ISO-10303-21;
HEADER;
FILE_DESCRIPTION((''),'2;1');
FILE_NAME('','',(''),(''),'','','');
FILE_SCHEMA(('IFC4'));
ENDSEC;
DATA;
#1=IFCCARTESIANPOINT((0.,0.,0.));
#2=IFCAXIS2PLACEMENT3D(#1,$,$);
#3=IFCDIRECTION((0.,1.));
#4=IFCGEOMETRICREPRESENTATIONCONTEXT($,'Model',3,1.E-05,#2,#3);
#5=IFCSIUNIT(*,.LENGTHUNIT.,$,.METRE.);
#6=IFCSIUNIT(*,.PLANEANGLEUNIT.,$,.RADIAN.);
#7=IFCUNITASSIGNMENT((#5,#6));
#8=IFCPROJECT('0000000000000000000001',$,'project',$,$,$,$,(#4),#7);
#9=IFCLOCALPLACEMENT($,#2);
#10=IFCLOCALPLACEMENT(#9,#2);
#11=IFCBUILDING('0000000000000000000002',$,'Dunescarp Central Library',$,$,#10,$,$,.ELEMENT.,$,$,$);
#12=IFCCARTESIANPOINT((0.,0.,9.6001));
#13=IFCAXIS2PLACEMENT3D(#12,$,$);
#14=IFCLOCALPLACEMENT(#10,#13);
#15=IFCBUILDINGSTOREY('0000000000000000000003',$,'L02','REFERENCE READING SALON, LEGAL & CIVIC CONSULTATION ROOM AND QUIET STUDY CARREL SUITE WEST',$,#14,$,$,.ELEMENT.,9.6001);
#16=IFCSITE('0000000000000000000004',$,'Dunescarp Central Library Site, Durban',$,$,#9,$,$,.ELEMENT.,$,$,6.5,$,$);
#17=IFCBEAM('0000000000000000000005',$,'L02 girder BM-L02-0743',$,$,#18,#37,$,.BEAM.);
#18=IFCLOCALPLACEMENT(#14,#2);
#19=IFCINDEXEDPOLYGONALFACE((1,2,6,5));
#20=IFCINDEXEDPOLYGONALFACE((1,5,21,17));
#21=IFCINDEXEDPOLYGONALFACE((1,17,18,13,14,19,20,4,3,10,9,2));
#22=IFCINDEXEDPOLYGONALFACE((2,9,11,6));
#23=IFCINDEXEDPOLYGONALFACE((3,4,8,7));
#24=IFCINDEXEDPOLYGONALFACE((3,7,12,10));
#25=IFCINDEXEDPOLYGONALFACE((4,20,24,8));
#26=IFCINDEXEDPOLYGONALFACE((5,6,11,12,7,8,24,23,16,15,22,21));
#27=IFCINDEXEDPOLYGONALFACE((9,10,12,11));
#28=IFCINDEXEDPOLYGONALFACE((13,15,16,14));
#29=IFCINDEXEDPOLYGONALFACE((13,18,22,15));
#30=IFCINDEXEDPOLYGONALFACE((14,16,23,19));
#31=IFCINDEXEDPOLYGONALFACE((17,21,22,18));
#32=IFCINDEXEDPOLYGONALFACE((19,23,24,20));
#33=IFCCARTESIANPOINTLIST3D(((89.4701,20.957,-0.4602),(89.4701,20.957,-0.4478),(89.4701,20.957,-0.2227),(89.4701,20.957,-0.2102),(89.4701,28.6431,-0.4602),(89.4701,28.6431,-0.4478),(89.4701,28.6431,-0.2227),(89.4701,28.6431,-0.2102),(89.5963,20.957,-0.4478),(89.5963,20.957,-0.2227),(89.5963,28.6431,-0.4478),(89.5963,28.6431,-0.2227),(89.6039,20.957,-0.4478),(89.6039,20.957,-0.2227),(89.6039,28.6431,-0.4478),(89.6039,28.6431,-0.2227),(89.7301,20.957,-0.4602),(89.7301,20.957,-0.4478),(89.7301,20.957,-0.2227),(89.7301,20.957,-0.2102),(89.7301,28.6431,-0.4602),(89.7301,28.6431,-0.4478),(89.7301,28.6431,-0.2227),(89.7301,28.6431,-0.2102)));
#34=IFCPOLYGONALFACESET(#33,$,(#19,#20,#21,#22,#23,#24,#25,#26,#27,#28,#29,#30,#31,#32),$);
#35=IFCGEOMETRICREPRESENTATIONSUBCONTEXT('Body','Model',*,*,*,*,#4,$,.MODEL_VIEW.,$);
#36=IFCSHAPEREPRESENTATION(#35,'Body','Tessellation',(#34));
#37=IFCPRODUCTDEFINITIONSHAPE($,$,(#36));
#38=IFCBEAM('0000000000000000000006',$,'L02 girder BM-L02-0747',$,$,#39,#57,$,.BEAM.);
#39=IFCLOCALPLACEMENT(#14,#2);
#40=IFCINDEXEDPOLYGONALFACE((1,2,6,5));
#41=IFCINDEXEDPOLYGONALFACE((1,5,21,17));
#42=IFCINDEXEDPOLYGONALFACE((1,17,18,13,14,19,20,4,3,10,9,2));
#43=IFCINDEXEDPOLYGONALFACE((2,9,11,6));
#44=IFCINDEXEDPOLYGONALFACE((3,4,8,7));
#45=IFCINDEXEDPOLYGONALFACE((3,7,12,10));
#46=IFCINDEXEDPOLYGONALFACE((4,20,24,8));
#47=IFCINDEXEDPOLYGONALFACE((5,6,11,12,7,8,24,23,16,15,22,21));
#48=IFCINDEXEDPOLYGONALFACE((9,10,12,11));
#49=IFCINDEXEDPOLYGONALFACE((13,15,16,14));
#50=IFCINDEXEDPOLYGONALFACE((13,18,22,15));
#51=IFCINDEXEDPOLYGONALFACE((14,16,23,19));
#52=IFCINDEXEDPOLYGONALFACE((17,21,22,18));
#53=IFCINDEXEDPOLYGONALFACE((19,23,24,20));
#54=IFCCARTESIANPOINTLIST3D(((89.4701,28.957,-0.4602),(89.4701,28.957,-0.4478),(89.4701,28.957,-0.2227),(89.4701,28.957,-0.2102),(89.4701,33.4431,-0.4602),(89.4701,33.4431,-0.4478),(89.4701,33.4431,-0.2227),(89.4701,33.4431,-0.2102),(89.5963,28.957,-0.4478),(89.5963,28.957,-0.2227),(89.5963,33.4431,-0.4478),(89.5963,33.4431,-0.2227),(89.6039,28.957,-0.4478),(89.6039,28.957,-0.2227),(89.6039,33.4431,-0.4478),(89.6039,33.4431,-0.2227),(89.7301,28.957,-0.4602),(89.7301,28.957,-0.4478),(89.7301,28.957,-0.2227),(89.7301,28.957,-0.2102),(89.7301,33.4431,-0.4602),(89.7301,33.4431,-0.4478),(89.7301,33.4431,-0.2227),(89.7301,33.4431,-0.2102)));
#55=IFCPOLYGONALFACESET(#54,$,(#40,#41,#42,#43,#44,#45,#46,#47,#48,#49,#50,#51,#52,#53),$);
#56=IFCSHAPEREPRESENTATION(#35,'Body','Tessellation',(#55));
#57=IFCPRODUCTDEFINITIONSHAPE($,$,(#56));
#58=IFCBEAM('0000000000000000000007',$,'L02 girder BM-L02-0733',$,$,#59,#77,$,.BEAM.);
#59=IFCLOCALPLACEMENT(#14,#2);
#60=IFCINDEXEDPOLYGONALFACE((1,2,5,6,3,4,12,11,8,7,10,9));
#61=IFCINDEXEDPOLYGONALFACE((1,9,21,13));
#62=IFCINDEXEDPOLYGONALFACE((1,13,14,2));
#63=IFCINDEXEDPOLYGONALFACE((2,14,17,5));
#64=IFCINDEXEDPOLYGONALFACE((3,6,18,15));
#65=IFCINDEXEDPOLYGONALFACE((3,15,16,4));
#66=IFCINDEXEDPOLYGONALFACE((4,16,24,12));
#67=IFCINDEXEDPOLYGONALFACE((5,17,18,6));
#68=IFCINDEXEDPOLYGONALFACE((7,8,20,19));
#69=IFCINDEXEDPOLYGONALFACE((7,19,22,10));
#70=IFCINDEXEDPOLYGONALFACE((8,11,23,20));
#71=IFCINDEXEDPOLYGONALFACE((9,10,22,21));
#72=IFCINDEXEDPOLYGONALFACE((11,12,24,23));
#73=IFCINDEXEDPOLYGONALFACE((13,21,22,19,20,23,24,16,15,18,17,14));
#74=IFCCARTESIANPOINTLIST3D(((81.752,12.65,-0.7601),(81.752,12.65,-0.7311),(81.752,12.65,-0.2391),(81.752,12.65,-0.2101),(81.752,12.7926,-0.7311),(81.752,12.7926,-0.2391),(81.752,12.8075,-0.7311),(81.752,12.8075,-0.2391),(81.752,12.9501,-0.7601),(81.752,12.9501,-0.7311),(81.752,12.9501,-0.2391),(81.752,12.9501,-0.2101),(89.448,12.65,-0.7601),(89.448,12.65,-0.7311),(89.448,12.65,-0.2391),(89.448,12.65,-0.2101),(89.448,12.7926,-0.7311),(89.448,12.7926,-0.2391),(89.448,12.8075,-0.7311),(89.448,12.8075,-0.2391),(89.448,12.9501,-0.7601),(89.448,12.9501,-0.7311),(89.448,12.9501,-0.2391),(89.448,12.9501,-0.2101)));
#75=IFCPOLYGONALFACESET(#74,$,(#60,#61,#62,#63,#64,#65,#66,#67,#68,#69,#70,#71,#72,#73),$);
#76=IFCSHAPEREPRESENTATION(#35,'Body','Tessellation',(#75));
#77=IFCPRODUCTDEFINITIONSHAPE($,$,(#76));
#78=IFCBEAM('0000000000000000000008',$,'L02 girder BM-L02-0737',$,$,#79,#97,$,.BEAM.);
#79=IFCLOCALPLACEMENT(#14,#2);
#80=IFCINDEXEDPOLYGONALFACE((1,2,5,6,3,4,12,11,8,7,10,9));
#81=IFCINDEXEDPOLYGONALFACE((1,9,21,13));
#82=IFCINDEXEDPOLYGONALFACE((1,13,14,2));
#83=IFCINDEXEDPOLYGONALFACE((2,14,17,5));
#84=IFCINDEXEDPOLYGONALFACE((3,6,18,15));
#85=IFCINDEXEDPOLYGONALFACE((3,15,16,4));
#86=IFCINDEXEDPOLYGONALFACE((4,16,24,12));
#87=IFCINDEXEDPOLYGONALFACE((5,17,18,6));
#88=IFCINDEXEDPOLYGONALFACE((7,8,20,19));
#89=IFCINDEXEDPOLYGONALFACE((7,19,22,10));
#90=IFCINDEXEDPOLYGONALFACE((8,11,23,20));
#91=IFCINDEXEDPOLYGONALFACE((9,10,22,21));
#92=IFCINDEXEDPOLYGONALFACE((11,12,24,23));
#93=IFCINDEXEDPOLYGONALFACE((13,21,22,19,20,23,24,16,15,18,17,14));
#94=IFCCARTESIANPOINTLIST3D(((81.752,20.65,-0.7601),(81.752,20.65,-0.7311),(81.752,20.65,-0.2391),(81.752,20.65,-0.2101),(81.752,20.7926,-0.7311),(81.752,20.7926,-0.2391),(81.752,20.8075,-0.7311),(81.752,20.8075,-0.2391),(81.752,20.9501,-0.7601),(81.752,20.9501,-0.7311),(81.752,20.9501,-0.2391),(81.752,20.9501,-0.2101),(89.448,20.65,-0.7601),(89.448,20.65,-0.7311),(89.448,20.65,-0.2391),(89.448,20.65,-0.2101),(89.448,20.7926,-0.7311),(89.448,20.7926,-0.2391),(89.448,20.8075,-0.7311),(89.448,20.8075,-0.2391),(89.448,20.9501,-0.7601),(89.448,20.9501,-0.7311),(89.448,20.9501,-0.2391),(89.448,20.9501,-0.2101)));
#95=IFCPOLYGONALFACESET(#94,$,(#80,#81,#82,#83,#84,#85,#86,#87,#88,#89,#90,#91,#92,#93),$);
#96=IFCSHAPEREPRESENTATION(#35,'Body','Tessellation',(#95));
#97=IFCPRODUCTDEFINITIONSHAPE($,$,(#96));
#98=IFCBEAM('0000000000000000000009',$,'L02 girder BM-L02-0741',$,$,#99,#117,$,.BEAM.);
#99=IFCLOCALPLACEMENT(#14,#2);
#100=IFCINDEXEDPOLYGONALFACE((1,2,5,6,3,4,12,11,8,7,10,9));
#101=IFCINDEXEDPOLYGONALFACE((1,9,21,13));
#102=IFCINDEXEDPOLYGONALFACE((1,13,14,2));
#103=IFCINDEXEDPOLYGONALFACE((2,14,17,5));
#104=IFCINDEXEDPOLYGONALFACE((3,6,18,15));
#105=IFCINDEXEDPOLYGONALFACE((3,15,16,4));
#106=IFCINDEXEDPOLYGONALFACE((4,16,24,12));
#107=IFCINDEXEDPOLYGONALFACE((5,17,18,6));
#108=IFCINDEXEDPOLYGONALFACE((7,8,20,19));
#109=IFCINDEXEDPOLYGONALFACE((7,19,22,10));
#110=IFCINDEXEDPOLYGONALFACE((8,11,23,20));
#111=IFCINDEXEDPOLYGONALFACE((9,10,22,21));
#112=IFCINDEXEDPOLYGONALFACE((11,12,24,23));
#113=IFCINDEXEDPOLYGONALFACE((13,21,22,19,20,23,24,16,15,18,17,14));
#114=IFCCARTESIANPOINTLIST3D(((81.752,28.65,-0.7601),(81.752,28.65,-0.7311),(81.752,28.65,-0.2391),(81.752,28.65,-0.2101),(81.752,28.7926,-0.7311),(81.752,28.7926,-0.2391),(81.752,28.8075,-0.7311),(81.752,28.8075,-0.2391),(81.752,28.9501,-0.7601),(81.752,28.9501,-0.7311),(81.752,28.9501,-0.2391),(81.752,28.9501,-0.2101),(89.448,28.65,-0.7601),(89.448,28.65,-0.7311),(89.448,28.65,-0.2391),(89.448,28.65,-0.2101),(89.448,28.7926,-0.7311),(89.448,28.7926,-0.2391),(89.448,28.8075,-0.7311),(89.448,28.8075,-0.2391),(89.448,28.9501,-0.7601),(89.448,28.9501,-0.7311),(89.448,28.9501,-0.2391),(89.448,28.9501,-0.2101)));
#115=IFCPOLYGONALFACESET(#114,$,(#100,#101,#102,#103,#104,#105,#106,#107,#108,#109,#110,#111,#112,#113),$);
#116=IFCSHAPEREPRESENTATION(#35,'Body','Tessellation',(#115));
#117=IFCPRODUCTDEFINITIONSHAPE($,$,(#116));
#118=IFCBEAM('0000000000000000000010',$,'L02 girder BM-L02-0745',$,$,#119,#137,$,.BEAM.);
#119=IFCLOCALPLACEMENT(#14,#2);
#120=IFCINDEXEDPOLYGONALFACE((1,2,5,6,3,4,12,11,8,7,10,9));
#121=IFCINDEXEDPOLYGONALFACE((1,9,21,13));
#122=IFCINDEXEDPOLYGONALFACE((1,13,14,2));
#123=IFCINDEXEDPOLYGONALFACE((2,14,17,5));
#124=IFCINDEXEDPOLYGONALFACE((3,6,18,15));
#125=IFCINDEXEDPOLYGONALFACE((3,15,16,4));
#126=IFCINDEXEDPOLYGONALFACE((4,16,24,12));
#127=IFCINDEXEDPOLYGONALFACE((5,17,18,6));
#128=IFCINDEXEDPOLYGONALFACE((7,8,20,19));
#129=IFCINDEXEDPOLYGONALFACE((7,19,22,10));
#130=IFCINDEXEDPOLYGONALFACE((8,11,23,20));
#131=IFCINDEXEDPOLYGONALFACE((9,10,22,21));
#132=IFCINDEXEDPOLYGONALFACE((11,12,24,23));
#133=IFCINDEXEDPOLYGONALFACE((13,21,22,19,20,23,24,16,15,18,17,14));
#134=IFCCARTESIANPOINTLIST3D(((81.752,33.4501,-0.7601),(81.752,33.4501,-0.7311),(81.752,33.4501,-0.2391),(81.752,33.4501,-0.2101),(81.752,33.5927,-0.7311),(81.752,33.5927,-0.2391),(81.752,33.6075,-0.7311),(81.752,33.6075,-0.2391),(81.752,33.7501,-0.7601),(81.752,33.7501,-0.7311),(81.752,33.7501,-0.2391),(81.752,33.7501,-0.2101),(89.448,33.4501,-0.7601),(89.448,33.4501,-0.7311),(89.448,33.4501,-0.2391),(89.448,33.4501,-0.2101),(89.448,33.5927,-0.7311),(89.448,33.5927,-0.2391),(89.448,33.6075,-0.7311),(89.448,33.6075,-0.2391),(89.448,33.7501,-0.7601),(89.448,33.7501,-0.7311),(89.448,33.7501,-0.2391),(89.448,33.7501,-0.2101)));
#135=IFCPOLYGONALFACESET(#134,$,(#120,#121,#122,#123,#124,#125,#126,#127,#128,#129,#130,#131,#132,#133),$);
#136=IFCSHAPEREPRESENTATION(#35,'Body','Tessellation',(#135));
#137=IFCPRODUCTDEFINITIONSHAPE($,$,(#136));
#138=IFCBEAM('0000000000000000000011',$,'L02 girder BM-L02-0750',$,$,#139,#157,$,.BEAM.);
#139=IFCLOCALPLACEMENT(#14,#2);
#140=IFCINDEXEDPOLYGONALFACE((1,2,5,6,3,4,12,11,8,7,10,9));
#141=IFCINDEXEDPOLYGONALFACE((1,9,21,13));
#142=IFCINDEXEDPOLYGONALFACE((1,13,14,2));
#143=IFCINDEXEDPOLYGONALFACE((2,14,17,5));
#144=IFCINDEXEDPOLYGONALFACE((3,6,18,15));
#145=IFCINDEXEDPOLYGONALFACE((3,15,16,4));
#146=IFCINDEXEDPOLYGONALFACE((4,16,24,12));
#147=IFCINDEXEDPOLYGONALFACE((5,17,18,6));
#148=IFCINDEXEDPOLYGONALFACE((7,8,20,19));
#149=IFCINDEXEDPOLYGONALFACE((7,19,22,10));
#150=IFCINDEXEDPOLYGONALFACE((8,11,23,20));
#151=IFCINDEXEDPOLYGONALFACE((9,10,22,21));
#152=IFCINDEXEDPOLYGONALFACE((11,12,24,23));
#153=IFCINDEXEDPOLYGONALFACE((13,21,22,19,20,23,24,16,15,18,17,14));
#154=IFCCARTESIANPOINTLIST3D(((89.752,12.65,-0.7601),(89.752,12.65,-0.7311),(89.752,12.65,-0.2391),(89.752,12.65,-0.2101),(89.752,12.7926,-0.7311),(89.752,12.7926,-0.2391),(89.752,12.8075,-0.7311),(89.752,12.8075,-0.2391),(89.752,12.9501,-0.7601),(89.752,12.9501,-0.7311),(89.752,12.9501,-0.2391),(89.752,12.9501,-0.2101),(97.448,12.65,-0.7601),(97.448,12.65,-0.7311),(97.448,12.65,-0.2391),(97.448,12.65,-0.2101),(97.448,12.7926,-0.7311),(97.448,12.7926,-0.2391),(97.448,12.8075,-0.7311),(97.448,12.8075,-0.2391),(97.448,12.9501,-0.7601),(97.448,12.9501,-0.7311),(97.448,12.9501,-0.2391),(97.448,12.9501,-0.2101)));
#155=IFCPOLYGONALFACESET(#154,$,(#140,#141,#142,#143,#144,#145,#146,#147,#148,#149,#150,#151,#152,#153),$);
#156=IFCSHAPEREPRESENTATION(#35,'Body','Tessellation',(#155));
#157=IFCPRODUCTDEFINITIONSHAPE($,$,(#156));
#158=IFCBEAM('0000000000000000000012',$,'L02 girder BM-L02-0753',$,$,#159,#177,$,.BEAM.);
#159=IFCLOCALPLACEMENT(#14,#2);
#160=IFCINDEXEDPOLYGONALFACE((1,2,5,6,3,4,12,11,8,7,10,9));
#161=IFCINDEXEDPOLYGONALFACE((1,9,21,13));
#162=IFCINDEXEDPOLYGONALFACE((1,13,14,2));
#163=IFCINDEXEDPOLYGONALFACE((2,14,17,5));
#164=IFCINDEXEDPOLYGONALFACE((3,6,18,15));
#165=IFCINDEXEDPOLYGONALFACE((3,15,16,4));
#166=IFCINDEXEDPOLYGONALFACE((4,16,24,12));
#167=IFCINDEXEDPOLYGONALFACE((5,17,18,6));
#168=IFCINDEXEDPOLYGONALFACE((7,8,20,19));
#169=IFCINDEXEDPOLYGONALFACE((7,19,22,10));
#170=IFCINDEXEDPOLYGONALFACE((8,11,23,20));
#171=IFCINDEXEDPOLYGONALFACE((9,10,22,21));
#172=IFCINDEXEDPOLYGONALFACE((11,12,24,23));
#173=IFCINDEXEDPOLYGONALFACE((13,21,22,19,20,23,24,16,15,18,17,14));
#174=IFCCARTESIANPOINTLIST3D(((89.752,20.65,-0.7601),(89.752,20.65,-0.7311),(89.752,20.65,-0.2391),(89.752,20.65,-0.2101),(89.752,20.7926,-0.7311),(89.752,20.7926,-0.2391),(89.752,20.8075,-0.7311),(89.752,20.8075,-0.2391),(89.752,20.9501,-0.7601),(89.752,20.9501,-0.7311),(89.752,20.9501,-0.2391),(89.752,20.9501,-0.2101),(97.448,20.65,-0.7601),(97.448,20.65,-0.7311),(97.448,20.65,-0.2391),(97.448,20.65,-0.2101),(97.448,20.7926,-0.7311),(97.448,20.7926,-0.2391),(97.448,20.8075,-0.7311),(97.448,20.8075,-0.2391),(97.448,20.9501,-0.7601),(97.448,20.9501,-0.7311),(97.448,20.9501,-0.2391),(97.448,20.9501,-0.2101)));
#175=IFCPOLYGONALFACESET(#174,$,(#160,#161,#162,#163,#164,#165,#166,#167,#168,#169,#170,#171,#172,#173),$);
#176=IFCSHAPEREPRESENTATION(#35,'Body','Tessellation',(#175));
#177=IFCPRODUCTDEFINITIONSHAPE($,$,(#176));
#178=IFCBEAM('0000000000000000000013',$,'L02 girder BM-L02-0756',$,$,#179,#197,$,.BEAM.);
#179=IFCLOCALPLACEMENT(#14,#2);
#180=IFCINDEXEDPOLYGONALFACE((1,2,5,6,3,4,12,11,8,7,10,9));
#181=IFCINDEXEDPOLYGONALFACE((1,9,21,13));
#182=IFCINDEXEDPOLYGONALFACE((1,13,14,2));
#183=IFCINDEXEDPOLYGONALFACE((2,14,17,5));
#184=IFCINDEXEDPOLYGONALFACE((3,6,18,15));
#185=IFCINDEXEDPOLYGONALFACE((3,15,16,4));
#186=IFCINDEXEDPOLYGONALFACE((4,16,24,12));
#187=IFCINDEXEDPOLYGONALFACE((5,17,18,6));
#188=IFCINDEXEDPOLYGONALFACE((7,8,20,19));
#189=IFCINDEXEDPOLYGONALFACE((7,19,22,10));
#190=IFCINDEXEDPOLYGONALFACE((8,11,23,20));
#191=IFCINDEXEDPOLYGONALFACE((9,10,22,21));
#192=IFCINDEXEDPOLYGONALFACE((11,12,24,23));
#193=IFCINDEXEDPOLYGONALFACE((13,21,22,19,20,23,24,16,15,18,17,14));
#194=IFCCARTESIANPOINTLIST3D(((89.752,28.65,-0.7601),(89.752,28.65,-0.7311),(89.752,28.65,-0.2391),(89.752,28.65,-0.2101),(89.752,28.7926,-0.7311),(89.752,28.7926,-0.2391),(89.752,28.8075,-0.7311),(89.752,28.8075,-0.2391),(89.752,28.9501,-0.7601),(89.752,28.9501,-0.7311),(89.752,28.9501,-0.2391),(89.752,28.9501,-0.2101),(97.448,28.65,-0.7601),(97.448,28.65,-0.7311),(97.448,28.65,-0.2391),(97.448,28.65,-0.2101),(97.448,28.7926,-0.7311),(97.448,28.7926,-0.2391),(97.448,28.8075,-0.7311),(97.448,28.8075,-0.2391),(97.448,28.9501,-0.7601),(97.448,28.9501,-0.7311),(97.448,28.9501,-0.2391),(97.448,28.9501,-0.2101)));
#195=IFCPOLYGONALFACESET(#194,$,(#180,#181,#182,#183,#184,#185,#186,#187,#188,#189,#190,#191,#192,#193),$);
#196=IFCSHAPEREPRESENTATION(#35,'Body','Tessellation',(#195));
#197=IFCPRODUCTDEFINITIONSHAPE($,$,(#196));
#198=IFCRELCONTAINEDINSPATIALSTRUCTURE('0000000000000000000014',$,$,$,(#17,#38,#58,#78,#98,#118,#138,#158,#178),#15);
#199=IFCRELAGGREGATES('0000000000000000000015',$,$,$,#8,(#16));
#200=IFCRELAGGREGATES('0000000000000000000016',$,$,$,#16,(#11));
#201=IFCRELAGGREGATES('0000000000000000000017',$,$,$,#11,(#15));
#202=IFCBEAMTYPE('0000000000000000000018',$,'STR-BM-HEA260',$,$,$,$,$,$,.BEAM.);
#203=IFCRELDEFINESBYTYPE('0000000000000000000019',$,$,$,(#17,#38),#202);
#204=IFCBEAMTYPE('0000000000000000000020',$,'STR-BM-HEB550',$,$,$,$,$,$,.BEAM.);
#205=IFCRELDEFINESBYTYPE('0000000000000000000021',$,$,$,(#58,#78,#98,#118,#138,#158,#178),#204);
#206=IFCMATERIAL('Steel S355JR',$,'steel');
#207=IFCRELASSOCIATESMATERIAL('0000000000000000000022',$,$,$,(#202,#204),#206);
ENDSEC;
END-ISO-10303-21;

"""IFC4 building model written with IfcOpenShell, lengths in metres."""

from ifc_helpers import new_model, si_unit, direction, frame, origin, origin_2d, place, context, subcontext, project, spatial, i_section, extrude, material, material_profile, profile_set, type_object, element, save


model = new_model("IFC4")

# Units and contexts
model_context = context("Model", 3, precision=1e-05, world=origin(), true_north=direction((0.0, 1.0)))
body_context = subcontext(model_context, "Body", "Model", "MODEL_VIEW")
ifc_project = project(units=[si_unit("LENGTHUNIT", "METRE"), si_unit("PLANEANGLEUNIT", "RADIAN")], contexts=[model_context])

# Site, building, storey
site_placement = place(None, origin())
site = spatial("IfcSite", under=ifc_project, at=site_placement, Name="Dunescarp Central Library Site, Durban", CompositionType="ELEMENT", RefElevation=6.5)
building_placement = place(site_placement, origin())
building = spatial("IfcBuilding", under=site, at=building_placement, Name="Dunescarp Central Library", CompositionType="ELEMENT")
storey_placement = place(building_placement, frame((0.0, 0.0, 9.6001)))
storey = spatial("IfcBuildingStorey", under=building, at=storey_placement, Name="L02", Description="REFERENCE READING SALON, LEGAL & CIVIC CONSULTATION ROOM AND QUIET STUDY CARREL SUITE WEST", CompositionType="ELEMENT", Elevation=9.6001)

# Shared definitions
ifc_material_1 = material(Name="Steel S355JR", Category="steel")

# Beams
ifc_material_profile_1 = material_profile(ifc_material_1, i_section(OverallWidth=0.26, OverallDepth=0.25, WebThickness=0.0076, FlangeThickness=0.0125, at=origin_2d()), Name="HEA 260")
ifc_profile_set_1 = profile_set([ifc_material_profile_1], Name="Steel S355JR")
beam_type_1 = type_object("IfcBeamType", Name="STR-BM-HEA260", PredefinedType="BEAM", material=ifc_profile_set_1)
for number, where, z_axis, x_axis, name in (
    (1, (89.6001, 20.957, -0.3352), (0.0, 1.0, 0.0), (-1.0, 0.0, 0.0), "L02 girder BM-L02-0743"),
):
    element("IfcBeam", number, at=place(storey_placement, frame(where, z_axis=z_axis, x_axis=x_axis)), inside=storey, type_object=beam_type_1, Name=name, PredefinedType="BEAM", context=body_context, shape_type="SweptSolid", body=[
        extrude(i_section(OverallWidth=0.26, OverallDepth=0.25, WebThickness=0.0076, FlangeThickness=0.0125, at=origin_2d()), origin(), (0.0, 0.0, 1.0), 7.686),
    ])
beam_1_placement = place(storey_placement, frame((89.6001, 28.957, -0.3352), z_axis=(0.0, 1.0, 0.0), x_axis=(-1.0, 0.0, 0.0)))
element("IfcBeam", 2, at=beam_1_placement, inside=storey, type_object=beam_type_1, Name="L02 girder BM-L02-0747", PredefinedType="BEAM", context=body_context, shape_type="SweptSolid", body=[
    extrude(i_section(OverallWidth=0.26, OverallDepth=0.25, WebThickness=0.0076, FlangeThickness=0.0125, at=origin_2d()), origin(), (0.0, 0.0, 1.0), 4.4861),
])
ifc_material_profile_2 = material_profile(ifc_material_1, i_section(OverallWidth=0.3, OverallDepth=0.55, WebThickness=0.0149, FlangeThickness=0.0291, at=origin_2d()), Name="HEB 550")
ifc_profile_set_2 = profile_set([ifc_material_profile_2], Name="Steel S355JR")
beam_type_2 = type_object("IfcBeamType", Name="STR-BM-HEB550", PredefinedType="BEAM", material=ifc_profile_set_2)
for number, where, z_axis, x_axis, name in (
    (3, (81.752, 12.8, -0.4851), (1.0, 0.0, 0.0), (0.0, 1.0, 0.0), "L02 girder BM-L02-0733"),
    (4, (81.752, 20.8, -0.4851), (1.0, 0.0, 0.0), (0.0, 1.0, 0.0), "L02 girder BM-L02-0737"),
    (5, (81.752, 28.8, -0.4851), (1.0, 0.0, 0.0), (0.0, 1.0, 0.0), "L02 girder BM-L02-0741"),
    (6, (81.752, 33.6001, -0.4851), (1.0, 0.0, 0.0), (0.0, 1.0, 0.0), "L02 girder BM-L02-0745"),
    (7, (89.752, 12.8, -0.4851), (1.0, 0.0, 0.0), (0.0, 1.0, 0.0), "L02 girder BM-L02-0750"),
    (8, (89.752, 20.8, -0.4851), (1.0, 0.0, 0.0), (0.0, 1.0, 0.0), "L02 girder BM-L02-0753"),
    (9, (89.752, 28.8, -0.4851), (1.0, 0.0, 0.0), (0.0, 1.0, 0.0), "L02 girder BM-L02-0756"),
):
    element("IfcBeam", number, at=place(storey_placement, frame(where, z_axis=z_axis, x_axis=x_axis)), inside=storey, type_object=beam_type_2, Name=name, PredefinedType="BEAM", context=body_context, shape_type="SweptSolid", body=[
        extrude(i_section(OverallWidth=0.3, OverallDepth=0.55, WebThickness=0.0149, FlangeThickness=0.0291, at=origin_2d()), origin(), (0.0, 0.0, 1.0), 7.696),
    ])

save(model, "model.ifc")
